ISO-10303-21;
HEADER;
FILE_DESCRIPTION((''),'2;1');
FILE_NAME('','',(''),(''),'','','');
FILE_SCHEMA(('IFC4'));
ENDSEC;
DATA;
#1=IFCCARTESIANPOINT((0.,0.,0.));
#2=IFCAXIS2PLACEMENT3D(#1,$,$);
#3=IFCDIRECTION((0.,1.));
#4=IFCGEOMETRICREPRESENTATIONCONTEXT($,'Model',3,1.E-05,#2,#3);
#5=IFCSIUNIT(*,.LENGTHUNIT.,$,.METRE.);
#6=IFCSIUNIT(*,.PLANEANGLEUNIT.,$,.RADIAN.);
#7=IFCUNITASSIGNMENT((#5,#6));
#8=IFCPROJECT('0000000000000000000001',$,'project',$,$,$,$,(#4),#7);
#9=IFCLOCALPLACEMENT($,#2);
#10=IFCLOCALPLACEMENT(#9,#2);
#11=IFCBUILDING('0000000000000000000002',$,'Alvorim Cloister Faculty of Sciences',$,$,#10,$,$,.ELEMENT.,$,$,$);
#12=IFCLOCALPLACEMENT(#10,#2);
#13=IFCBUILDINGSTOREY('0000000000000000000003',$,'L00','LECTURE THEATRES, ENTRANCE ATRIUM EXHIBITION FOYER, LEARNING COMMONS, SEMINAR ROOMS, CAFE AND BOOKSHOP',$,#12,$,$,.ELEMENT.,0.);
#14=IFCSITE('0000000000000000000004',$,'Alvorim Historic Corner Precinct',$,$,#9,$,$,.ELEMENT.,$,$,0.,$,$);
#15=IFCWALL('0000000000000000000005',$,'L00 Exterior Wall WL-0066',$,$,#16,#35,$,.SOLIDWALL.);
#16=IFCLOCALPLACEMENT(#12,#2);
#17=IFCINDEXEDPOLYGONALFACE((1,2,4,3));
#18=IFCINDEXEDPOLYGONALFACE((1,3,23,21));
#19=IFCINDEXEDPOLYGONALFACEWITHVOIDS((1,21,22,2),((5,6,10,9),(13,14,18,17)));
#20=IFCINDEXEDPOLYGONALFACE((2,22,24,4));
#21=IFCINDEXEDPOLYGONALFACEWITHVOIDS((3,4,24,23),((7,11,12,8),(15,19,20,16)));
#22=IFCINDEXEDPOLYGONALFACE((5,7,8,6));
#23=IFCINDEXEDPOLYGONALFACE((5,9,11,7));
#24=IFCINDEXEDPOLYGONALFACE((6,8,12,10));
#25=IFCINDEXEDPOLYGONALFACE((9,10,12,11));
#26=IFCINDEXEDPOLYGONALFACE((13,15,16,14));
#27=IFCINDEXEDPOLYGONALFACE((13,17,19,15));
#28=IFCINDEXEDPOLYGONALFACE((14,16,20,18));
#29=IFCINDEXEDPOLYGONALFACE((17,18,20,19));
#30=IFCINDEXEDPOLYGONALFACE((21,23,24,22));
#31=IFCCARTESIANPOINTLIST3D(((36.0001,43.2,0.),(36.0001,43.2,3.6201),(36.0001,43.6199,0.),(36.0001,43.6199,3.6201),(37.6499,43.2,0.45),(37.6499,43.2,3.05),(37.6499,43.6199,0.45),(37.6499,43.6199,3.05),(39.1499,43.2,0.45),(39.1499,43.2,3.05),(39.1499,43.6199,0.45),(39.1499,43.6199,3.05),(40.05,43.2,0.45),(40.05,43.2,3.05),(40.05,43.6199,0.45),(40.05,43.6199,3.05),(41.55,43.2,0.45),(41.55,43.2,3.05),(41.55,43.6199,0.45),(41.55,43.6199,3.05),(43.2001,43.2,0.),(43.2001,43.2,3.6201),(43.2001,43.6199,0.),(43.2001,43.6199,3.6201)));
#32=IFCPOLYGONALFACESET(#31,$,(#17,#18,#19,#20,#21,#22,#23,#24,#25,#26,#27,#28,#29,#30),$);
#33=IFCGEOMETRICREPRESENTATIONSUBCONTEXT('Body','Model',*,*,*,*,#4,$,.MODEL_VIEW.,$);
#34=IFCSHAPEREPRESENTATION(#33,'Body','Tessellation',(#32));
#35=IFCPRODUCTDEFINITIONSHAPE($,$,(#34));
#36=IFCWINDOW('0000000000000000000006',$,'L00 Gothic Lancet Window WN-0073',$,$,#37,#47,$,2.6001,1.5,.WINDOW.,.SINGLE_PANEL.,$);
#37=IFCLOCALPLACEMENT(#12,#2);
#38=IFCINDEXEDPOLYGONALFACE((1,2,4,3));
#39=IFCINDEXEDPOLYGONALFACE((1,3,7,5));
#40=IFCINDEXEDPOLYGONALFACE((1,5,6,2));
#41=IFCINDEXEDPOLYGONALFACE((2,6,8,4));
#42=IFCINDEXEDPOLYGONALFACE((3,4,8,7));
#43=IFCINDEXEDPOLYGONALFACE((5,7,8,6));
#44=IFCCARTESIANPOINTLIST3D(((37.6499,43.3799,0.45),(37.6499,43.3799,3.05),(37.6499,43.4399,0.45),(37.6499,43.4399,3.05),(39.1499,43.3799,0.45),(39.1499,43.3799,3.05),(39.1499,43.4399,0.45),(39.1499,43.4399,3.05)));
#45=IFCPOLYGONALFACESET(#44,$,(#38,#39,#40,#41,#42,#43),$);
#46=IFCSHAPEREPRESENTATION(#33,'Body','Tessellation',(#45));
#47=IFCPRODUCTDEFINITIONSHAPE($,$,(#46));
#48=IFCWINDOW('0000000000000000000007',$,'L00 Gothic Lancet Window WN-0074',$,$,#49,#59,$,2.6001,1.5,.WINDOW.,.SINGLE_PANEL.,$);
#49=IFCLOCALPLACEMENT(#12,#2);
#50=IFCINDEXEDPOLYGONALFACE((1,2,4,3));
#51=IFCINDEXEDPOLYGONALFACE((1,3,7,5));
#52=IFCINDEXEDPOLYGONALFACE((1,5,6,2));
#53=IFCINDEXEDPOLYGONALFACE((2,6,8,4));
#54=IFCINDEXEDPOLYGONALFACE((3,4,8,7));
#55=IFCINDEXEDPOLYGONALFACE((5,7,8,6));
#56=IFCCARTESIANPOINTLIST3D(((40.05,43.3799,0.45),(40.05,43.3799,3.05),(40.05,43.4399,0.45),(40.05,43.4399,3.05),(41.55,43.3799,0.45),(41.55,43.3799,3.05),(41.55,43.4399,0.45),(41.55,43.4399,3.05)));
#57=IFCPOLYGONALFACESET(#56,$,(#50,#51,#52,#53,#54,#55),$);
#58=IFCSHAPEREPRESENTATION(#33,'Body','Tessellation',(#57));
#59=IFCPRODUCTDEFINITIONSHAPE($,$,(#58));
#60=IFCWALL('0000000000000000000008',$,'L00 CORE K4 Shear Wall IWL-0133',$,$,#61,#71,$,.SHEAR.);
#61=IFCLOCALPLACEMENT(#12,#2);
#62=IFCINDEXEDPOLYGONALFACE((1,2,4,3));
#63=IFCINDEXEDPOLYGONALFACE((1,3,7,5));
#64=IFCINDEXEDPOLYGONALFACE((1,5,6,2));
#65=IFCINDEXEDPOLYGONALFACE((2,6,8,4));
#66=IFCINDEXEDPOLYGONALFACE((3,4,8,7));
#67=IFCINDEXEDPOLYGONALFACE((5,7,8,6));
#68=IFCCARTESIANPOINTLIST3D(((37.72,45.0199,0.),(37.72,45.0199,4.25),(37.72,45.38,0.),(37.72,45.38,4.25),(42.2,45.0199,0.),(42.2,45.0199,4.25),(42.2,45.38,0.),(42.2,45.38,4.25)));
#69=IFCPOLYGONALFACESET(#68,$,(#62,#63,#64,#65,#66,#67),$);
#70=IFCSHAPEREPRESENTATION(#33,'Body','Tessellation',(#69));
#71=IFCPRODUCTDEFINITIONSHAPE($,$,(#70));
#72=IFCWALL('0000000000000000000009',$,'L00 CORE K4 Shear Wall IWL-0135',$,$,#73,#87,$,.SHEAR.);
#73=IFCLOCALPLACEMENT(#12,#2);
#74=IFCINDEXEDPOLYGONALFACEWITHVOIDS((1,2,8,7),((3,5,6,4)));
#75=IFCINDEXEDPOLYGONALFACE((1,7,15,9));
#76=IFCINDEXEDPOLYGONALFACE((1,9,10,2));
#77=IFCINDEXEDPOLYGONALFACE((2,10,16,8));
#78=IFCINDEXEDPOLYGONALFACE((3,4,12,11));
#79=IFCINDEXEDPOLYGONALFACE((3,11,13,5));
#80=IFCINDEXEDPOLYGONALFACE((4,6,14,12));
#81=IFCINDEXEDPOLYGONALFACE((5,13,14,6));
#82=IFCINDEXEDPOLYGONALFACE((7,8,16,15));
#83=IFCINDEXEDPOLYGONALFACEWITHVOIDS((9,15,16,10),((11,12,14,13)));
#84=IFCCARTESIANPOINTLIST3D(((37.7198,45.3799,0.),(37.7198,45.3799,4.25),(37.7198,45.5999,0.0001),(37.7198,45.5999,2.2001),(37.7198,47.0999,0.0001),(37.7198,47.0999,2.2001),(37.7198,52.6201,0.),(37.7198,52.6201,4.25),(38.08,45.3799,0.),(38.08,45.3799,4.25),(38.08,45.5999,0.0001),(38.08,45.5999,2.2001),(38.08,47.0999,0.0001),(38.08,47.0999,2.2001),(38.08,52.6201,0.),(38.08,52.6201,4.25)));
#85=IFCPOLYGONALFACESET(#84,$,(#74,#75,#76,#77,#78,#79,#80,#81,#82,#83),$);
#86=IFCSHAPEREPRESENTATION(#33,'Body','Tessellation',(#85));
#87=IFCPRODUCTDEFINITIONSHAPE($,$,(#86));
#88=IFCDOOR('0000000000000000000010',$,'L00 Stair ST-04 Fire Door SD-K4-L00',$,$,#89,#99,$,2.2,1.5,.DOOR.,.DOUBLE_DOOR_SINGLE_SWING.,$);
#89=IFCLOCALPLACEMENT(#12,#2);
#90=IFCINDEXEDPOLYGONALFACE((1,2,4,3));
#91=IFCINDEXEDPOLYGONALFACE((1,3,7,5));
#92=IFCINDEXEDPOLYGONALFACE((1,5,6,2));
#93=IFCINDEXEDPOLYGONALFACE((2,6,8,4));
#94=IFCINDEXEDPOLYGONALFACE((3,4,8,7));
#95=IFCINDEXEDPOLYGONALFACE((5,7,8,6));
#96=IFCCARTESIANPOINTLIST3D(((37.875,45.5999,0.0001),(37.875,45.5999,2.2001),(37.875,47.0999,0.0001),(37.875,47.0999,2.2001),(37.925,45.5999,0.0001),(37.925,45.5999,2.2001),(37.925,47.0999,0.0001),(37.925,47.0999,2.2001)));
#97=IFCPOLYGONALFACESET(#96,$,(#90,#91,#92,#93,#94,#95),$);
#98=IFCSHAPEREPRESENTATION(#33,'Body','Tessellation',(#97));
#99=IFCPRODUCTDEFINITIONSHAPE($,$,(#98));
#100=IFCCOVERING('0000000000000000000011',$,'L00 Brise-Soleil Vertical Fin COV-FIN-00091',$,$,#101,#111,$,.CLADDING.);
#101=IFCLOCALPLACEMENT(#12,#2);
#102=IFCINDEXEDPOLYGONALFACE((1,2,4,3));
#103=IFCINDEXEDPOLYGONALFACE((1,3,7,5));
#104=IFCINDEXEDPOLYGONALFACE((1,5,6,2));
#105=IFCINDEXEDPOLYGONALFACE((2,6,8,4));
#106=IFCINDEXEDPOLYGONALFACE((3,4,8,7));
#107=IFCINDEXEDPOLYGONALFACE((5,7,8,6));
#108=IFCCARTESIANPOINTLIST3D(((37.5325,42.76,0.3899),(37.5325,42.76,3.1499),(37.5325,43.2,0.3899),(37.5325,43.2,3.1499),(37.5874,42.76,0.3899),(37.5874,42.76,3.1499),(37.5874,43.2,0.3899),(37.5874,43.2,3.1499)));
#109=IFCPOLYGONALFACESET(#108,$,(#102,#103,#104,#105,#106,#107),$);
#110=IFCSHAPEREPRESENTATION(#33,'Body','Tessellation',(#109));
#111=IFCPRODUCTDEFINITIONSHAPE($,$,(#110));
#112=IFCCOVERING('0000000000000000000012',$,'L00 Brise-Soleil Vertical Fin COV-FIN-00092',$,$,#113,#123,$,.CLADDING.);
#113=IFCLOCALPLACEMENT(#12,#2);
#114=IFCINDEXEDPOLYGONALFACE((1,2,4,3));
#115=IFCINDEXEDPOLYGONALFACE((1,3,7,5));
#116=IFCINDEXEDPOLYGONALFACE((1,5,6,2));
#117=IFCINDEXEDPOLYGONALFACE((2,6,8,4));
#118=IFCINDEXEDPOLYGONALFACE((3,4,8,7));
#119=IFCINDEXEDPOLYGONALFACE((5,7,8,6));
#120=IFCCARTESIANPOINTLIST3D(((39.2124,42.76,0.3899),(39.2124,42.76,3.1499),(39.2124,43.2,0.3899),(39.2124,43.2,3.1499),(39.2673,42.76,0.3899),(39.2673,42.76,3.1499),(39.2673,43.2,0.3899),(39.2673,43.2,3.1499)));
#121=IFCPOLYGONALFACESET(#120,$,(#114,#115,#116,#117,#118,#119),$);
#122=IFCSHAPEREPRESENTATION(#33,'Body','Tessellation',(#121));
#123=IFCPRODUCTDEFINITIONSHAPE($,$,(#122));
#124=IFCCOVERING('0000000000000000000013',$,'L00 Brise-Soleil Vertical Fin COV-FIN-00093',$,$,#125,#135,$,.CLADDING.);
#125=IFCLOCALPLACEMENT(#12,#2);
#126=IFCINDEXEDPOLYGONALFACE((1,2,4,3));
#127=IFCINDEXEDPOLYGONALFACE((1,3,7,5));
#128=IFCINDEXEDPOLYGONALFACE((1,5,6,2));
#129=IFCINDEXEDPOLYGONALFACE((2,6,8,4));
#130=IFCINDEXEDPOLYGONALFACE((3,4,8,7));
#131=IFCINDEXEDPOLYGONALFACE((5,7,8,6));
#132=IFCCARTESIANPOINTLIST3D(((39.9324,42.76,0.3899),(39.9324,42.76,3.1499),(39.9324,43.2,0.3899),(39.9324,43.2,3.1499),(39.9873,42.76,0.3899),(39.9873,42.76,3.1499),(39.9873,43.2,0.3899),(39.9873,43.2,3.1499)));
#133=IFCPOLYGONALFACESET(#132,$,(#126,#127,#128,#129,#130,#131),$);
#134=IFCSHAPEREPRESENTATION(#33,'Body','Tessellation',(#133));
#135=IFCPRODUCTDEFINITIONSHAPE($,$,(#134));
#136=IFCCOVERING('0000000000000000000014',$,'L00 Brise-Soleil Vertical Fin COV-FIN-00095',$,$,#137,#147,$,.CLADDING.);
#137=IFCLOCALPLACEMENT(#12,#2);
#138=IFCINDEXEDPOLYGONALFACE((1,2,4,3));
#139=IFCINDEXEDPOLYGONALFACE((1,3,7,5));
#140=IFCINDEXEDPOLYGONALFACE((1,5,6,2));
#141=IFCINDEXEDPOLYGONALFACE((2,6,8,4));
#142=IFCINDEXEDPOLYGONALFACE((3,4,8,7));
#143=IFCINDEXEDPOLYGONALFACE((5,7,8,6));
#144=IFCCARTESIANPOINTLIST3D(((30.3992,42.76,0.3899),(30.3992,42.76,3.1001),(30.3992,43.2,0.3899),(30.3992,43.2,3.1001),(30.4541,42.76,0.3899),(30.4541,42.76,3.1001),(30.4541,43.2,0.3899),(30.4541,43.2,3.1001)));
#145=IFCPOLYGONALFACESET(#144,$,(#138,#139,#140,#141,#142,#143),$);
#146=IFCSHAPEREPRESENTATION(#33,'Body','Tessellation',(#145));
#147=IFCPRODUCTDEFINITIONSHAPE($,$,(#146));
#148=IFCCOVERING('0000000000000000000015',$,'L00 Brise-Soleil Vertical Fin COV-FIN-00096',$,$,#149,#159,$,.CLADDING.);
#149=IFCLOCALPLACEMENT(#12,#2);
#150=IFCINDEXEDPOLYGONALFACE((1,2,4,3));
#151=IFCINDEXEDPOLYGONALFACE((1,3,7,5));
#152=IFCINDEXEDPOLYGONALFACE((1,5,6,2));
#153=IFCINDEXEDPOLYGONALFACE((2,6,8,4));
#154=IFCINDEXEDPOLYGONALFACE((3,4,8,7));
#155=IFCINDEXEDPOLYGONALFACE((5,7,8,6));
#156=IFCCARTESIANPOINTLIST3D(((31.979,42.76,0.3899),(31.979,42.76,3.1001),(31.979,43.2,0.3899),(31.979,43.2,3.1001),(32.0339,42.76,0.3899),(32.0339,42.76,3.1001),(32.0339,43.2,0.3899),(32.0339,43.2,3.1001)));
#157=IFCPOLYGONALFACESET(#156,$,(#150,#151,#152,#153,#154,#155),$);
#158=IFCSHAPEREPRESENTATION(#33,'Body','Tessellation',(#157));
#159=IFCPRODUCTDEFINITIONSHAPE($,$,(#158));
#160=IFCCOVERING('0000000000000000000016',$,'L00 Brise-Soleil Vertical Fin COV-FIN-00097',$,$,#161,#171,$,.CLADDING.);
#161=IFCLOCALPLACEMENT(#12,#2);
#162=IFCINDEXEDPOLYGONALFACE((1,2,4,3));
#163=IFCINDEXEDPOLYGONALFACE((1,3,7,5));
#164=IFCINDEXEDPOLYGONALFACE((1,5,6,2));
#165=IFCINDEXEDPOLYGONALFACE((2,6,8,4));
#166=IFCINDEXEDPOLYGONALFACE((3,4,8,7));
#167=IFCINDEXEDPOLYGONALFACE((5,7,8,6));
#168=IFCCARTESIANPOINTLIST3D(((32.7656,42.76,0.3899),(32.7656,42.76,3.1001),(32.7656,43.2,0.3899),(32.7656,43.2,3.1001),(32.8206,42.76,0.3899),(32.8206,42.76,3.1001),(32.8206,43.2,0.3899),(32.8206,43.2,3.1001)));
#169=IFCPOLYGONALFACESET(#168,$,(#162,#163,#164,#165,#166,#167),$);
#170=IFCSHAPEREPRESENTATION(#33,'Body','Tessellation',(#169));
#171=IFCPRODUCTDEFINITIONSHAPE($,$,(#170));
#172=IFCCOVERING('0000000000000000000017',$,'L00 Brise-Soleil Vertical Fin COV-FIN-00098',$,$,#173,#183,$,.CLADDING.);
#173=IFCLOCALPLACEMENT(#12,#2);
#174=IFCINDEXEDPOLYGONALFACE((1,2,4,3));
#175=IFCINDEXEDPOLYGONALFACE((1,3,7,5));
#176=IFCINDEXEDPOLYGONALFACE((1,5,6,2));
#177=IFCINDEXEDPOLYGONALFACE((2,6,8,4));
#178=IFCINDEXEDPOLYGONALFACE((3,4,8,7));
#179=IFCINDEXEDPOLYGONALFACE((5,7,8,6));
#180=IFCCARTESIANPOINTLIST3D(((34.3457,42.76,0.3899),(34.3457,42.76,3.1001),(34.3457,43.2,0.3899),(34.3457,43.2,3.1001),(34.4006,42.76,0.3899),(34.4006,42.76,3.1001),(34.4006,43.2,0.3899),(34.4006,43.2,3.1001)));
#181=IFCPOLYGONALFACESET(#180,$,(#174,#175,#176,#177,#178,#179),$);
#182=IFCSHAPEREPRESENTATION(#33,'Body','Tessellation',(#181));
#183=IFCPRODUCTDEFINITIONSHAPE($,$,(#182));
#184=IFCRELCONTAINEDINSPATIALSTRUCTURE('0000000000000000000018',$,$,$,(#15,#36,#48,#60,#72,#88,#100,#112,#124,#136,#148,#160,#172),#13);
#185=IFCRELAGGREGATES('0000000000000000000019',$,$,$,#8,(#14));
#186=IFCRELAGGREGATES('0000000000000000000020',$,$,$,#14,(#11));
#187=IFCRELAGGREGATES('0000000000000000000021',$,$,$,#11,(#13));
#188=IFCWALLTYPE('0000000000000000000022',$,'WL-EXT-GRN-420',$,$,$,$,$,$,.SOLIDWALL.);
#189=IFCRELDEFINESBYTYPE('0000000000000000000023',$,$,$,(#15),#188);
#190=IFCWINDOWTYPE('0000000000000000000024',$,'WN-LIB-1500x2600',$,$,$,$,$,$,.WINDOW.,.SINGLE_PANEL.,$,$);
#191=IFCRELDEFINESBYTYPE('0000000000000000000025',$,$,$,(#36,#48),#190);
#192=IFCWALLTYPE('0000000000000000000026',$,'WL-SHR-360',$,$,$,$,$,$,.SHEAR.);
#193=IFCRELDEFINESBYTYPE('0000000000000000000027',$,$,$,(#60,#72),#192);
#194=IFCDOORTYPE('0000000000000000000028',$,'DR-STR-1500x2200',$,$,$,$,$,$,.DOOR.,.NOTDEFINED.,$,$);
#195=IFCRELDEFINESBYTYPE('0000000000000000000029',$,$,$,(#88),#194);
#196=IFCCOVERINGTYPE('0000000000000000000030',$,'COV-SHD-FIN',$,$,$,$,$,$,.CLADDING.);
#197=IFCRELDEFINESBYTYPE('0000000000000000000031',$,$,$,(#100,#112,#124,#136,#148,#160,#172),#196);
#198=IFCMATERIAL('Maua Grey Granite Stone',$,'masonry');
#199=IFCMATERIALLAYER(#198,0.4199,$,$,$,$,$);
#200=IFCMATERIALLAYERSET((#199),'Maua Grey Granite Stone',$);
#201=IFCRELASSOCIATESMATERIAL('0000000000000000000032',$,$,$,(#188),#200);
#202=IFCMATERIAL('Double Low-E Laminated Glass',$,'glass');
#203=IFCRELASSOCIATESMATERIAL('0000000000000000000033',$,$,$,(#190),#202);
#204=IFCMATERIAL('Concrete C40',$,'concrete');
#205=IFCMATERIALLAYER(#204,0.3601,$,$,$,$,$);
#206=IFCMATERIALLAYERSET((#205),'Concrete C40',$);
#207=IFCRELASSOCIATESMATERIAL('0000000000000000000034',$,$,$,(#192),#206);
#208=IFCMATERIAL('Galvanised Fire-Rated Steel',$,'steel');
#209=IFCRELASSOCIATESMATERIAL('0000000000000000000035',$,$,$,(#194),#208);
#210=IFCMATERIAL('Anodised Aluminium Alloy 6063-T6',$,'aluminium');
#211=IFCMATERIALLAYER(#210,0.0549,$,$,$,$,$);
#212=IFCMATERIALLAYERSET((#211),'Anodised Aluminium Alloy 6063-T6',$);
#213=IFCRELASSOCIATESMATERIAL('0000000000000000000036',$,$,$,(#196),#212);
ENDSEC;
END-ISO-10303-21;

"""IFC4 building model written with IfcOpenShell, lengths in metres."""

from ifc_helpers import new_model, si_unit, direction, frame, frame_2d, origin, place, context, subcontext, project, spatial, polyline, rectangle, outline, extrude, material, layer, layer_set, type_object, element, fill, save


model = new_model("IFC4")

# Units and contexts
model_context = context("Model", 3, precision=1e-05, world=origin(), true_north=direction((0.0, 1.0)))
body_context = subcontext(model_context, "Body", "Model", "MODEL_VIEW")
ifc_project = project(units=[si_unit("LENGTHUNIT", "METRE"), si_unit("PLANEANGLEUNIT", "RADIAN")], contexts=[model_context])

# Site, building, storey
site_placement = place(None, origin())
site = spatial("IfcSite", under=ifc_project, at=site_placement, Name="Alvorim Historic Corner Precinct", CompositionType="ELEMENT", RefElevation=0.0)
building_placement = place(site_placement, origin())
building = spatial("IfcBuilding", under=site, at=building_placement, Name="Alvorim Cloister Faculty of Sciences", CompositionType="ELEMENT")
storey_placement = place(building_placement, origin())
storey = spatial("IfcBuildingStorey", under=building, at=storey_placement, Name="L00", Description="LECTURE THEATRES, ENTRANCE ATRIUM EXHIBITION FOYER, LEARNING COMMONS, SEMINAR ROOMS, CAFE AND BOOKSHOP", CompositionType="ELEMENT", Elevation=0.0)

# Shared definitions
ifc_material_1 = material(Name="Concrete C40", Category="concrete")

# Wall, openings, windows
ifc_material_2 = material(Name="Maua Grey Granite Stone", Category="masonry")
ifc_layer_1 = layer(ifc_material_2, 0.4199)
ifc_layer_set_1 = layer_set([ifc_layer_1], Name="Maua Grey Granite Stone")
wall_type_1 = type_object("IfcWallType", Name="WL-EXT-GRN-420", PredefinedType="SOLIDWALL", material=ifc_layer_set_1)
wall_1_placement = place(storey_placement, frame((36.0, 43.4099, 0.0), z_axis=(0.0, 0.0, 1.0), x_axis=(1.0, 0.0, 0.0)))
wall_1 = element("IfcWall", 1, at=wall_1_placement, inside=storey, type_object=wall_type_1, Name="L00 Exterior Wall WL-0066", PredefinedType="SOLIDWALL", context=body_context, shape_type="SweptSolid", body=[
    extrude(rectangle(XDim=7.2, YDim=0.4199, at=frame_2d((3.6001, 0.0))), origin(), (0.0, 0.0, 1.0), 3.6201),
])
opening_1_placement = place(wall_1_placement, frame((1.6499, 0.0, 0.45)))
opening_1 = element("IfcOpeningElement", 2, at=opening_1_placement, cuts=wall_1, PredefinedType="OPENING", context=body_context, shape_type="SweptSolid", body=[
    extrude(rectangle(XDim=1.5, YDim=2.6001, at=frame_2d((0.75, 1.3))), frame((0.0, 0.2219, 0.0), z_axis=(0.0, -1.0, 0.0), x_axis=(1.0, 0.0, 0.0)), (0.0, 0.0, 1.0), 0.4438),
])
opening_2_placement = place(wall_1_placement, frame((4.05, 0.0, 0.45)))
opening_2 = element("IfcOpeningElement", 3, at=opening_2_placement, cuts=wall_1, PredefinedType="OPENING", context=body_context, shape_type="SweptSolid", body=[
    extrude(rectangle(XDim=1.5, YDim=2.6001, at=frame_2d((0.75, 1.3))), frame((0.0, 0.2219, 0.0), z_axis=(0.0, -1.0, 0.0), x_axis=(1.0, 0.0, 0.0)), (0.0, 0.0, 1.0), 0.4438),
])
ifc_material_3 = material(Name="Double Low-E Laminated Glass", Category="glass")
window_type = type_object("IfcWindowType", Name="WN-LIB-1500x2600", PartitioningType="SINGLE_PANEL", PredefinedType="WINDOW", material=ifc_material_3)
window_1_placement = place(opening_1_placement, origin())
window_1 = element("IfcWindow", 4, at=window_1_placement, inside=storey, type_object=window_type, Name="L00 Gothic Lancet Window WN-0073", OverallHeight=2.6001, OverallWidth=1.5, PartitioningType="SINGLE_PANEL", PredefinedType="WINDOW", context=body_context, shape_type="SweptSolid", body=[
    extrude(rectangle(XDim=1.5, YDim=2.6001, at=frame_2d((0.75, 1.3))), frame((0.0, 0.03, 0.0), z_axis=(0.0, -1.0, 0.0), x_axis=(1.0, 0.0, 0.0)), (0.0, 0.0, 1.0), 0.0601),
])
fill(opening_1, window_1)
window_2_placement = place(opening_2_placement, origin())
window_2 = element("IfcWindow", 5, at=window_2_placement, inside=storey, type_object=window_type, Name="L00 Gothic Lancet Window WN-0074", OverallHeight=2.6001, OverallWidth=1.5, PartitioningType="SINGLE_PANEL", PredefinedType="WINDOW", context=body_context, shape_type="SweptSolid", body=[
    extrude(rectangle(XDim=1.5, YDim=2.6001, at=frame_2d((0.75, 1.3))), frame((0.0, 0.03, 0.0), z_axis=(0.0, -1.0, 0.0), x_axis=(1.0, 0.0, 0.0)), (0.0, 0.0, 1.0), 0.0601),
])
fill(opening_2, window_2)

# Wall
ifc_layer_2 = layer(ifc_material_1, 0.3601)
ifc_layer_set_2 = layer_set([ifc_layer_2], Name="Concrete C40")
wall_type_2 = type_object("IfcWallType", Name="WL-SHR-360", PredefinedType="SHEAR", material=ifc_layer_set_2)
wall_2_placement = place(storey_placement, frame((37.72, 45.2, 0.0), z_axis=(0.0, 0.0, 1.0), x_axis=(1.0, 0.0, 0.0)))
element("IfcWall", 6, at=wall_2_placement, inside=storey, type_object=wall_type_2, Name="L00 CORE K4 Shear Wall IWL-0133", PredefinedType="SHEAR", context=body_context, shape_type="SweptSolid", body=[
    extrude(rectangle(XDim=4.48, YDim=0.3601, at=frame_2d((2.24, 0.0))), origin(), (0.0, 0.0, 1.0), 4.25),
])

# Wall, opening, door
wall_3_placement = place(storey_placement, frame((37.8999, 45.3799, 0.0), z_axis=(0.0, 0.0, 1.0), x_axis=(0.0, 1.0, 0.0)))
wall_3 = element("IfcWall", 7, at=wall_3_placement, inside=storey, type_object=wall_type_2, Name="L00 CORE K4 Shear Wall IWL-0135", PredefinedType="SHEAR", context=body_context, shape_type="SweptSolid", body=[
    extrude(rectangle(XDim=7.2402, YDim=0.3601, at=frame_2d((3.6201, 0.0))), origin(), (0.0, 0.0, 1.0), 4.25),
])
opening_3_placement = place(wall_3_placement, frame((0.22, 0.0, 0.0)))
opening_3 = element("IfcOpeningElement", 8, at=opening_3_placement, cuts=wall_3, PredefinedType="OPENING", context=body_context, shape_type="SweptSolid", body=[
    extrude(rectangle(XDim=1.5, YDim=2.2, at=frame_2d((0.75, 1.1001))), frame((0.0, 0.1919, 0.0), z_axis=(0.0, -1.0, 0.0), x_axis=(1.0, 0.0, 0.0)), (0.0, 0.0, 1.0), 0.384),
])
ifc_material_4 = material(Name="Galvanised Fire-Rated Steel", Category="steel")
door_type = type_object("IfcDoorType", Name="DR-STR-1500x2200", OperationType="NOTDEFINED", PredefinedType="DOOR", material=ifc_material_4)
door_placement = place(opening_3_placement, origin())
door = element("IfcDoor", 9, at=door_placement, inside=storey, type_object=door_type, Name="L00 Stair ST-04 Fire Door SD-K4-L00", OperationType="DOUBLE_DOOR_SINGLE_SWING", OverallHeight=2.2, OverallWidth=1.5, PredefinedType="DOOR", context=body_context, shape_type="SweptSolid", body=[
    extrude(rectangle(XDim=1.5, YDim=2.2, at=frame_2d((0.75, 1.1001))), frame((0.0, 0.0249, 0.0), z_axis=(0.0, -1.0, 0.0), x_axis=(1.0, 0.0, 0.0)), (0.0, 0.0, 1.0), 0.05),
])
fill(opening_3, door)

# Coverings
ifc_material_5 = material(Name="Anodised Aluminium Alloy 6063-T6", Category="aluminium")
ifc_layer_3 = layer(ifc_material_5, 0.0549)
ifc_layer_set_3 = layer_set([ifc_layer_3], Name="Anodised Aluminium Alloy 6063-T6")
covering_type = type_object("IfcCoveringType", Name="COV-SHD-FIN", PredefinedType="CLADDING", material=ifc_layer_set_3)
for number, where, z_axis, x_axis, name in (
    (10, (37.5601, 43.2, 0.3899), (0.0, 0.0, 1.0), (0.0, -1.0, 0.0), "L00 Brise-Soleil Vertical Fin COV-FIN-00091"),
    (11, (39.24, 43.2, 0.3899), (0.0, 0.0, 1.0), (0.0, -1.0, 0.0), "L00 Brise-Soleil Vertical Fin COV-FIN-00092"),
    (12, (39.96, 43.2, 0.3899), (0.0, 0.0, 1.0), (0.0, -1.0, 0.0), "L00 Brise-Soleil Vertical Fin COV-FIN-00093"),
):
    element("IfcCovering", number, at=place(storey_placement, frame(where, z_axis=z_axis, x_axis=x_axis)), inside=storey, type_object=covering_type, Name=name, PredefinedType="CLADDING", context=body_context, shape_type="SweptSolid", body=[
        extrude(outline(polyline([(0.0, 0.0), (0.4399, 0.0), (0.4399, 2.76), (0.0, 2.76), (0.0, 0.0)])), frame((0.0, 0.0273, 0.0), z_axis=(0.0, -1.0, 0.0), x_axis=(1.0, 0.0, 0.0)), (0.0, 0.0, 1.0), 0.0549),
    ])
for number, where, z_axis, x_axis, name in (
    (13, (30.4268, 43.2, 0.3899), (0.0, 0.0, 1.0), (0.0, -1.0, 0.0), "L00 Brise-Soleil Vertical Fin COV-FIN-00095"),
    (14, (32.0066, 43.2, 0.3899), (0.0, 0.0, 1.0), (0.0, -1.0, 0.0), "L00 Brise-Soleil Vertical Fin COV-FIN-00096"),
    (15, (32.7932, 43.2, 0.3899), (0.0, 0.0, 1.0), (0.0, -1.0, 0.0), "L00 Brise-Soleil Vertical Fin COV-FIN-00097"),
    (16, (34.3733, 43.2, 0.3899), (0.0, 0.0, 1.0), (0.0, -1.0, 0.0), "L00 Brise-Soleil Vertical Fin COV-FIN-00098"),
):
    element("IfcCovering", number, at=place(storey_placement, frame(where, z_axis=z_axis, x_axis=x_axis)), inside=storey, type_object=covering_type, Name=name, PredefinedType="CLADDING", context=body_context, shape_type="SweptSolid", body=[
        extrude(outline(polyline([(0.0, 0.0), (0.4399, 0.0), (0.4399, 2.7102), (0.0, 2.7102), (0.0, 0.0)])), frame((0.0, 0.0273, 0.0), z_axis=(0.0, -1.0, 0.0), x_axis=(1.0, 0.0, 0.0)), (0.0, 0.0, 1.0), 0.0549),
    ])

save(model, "model.ifc")
